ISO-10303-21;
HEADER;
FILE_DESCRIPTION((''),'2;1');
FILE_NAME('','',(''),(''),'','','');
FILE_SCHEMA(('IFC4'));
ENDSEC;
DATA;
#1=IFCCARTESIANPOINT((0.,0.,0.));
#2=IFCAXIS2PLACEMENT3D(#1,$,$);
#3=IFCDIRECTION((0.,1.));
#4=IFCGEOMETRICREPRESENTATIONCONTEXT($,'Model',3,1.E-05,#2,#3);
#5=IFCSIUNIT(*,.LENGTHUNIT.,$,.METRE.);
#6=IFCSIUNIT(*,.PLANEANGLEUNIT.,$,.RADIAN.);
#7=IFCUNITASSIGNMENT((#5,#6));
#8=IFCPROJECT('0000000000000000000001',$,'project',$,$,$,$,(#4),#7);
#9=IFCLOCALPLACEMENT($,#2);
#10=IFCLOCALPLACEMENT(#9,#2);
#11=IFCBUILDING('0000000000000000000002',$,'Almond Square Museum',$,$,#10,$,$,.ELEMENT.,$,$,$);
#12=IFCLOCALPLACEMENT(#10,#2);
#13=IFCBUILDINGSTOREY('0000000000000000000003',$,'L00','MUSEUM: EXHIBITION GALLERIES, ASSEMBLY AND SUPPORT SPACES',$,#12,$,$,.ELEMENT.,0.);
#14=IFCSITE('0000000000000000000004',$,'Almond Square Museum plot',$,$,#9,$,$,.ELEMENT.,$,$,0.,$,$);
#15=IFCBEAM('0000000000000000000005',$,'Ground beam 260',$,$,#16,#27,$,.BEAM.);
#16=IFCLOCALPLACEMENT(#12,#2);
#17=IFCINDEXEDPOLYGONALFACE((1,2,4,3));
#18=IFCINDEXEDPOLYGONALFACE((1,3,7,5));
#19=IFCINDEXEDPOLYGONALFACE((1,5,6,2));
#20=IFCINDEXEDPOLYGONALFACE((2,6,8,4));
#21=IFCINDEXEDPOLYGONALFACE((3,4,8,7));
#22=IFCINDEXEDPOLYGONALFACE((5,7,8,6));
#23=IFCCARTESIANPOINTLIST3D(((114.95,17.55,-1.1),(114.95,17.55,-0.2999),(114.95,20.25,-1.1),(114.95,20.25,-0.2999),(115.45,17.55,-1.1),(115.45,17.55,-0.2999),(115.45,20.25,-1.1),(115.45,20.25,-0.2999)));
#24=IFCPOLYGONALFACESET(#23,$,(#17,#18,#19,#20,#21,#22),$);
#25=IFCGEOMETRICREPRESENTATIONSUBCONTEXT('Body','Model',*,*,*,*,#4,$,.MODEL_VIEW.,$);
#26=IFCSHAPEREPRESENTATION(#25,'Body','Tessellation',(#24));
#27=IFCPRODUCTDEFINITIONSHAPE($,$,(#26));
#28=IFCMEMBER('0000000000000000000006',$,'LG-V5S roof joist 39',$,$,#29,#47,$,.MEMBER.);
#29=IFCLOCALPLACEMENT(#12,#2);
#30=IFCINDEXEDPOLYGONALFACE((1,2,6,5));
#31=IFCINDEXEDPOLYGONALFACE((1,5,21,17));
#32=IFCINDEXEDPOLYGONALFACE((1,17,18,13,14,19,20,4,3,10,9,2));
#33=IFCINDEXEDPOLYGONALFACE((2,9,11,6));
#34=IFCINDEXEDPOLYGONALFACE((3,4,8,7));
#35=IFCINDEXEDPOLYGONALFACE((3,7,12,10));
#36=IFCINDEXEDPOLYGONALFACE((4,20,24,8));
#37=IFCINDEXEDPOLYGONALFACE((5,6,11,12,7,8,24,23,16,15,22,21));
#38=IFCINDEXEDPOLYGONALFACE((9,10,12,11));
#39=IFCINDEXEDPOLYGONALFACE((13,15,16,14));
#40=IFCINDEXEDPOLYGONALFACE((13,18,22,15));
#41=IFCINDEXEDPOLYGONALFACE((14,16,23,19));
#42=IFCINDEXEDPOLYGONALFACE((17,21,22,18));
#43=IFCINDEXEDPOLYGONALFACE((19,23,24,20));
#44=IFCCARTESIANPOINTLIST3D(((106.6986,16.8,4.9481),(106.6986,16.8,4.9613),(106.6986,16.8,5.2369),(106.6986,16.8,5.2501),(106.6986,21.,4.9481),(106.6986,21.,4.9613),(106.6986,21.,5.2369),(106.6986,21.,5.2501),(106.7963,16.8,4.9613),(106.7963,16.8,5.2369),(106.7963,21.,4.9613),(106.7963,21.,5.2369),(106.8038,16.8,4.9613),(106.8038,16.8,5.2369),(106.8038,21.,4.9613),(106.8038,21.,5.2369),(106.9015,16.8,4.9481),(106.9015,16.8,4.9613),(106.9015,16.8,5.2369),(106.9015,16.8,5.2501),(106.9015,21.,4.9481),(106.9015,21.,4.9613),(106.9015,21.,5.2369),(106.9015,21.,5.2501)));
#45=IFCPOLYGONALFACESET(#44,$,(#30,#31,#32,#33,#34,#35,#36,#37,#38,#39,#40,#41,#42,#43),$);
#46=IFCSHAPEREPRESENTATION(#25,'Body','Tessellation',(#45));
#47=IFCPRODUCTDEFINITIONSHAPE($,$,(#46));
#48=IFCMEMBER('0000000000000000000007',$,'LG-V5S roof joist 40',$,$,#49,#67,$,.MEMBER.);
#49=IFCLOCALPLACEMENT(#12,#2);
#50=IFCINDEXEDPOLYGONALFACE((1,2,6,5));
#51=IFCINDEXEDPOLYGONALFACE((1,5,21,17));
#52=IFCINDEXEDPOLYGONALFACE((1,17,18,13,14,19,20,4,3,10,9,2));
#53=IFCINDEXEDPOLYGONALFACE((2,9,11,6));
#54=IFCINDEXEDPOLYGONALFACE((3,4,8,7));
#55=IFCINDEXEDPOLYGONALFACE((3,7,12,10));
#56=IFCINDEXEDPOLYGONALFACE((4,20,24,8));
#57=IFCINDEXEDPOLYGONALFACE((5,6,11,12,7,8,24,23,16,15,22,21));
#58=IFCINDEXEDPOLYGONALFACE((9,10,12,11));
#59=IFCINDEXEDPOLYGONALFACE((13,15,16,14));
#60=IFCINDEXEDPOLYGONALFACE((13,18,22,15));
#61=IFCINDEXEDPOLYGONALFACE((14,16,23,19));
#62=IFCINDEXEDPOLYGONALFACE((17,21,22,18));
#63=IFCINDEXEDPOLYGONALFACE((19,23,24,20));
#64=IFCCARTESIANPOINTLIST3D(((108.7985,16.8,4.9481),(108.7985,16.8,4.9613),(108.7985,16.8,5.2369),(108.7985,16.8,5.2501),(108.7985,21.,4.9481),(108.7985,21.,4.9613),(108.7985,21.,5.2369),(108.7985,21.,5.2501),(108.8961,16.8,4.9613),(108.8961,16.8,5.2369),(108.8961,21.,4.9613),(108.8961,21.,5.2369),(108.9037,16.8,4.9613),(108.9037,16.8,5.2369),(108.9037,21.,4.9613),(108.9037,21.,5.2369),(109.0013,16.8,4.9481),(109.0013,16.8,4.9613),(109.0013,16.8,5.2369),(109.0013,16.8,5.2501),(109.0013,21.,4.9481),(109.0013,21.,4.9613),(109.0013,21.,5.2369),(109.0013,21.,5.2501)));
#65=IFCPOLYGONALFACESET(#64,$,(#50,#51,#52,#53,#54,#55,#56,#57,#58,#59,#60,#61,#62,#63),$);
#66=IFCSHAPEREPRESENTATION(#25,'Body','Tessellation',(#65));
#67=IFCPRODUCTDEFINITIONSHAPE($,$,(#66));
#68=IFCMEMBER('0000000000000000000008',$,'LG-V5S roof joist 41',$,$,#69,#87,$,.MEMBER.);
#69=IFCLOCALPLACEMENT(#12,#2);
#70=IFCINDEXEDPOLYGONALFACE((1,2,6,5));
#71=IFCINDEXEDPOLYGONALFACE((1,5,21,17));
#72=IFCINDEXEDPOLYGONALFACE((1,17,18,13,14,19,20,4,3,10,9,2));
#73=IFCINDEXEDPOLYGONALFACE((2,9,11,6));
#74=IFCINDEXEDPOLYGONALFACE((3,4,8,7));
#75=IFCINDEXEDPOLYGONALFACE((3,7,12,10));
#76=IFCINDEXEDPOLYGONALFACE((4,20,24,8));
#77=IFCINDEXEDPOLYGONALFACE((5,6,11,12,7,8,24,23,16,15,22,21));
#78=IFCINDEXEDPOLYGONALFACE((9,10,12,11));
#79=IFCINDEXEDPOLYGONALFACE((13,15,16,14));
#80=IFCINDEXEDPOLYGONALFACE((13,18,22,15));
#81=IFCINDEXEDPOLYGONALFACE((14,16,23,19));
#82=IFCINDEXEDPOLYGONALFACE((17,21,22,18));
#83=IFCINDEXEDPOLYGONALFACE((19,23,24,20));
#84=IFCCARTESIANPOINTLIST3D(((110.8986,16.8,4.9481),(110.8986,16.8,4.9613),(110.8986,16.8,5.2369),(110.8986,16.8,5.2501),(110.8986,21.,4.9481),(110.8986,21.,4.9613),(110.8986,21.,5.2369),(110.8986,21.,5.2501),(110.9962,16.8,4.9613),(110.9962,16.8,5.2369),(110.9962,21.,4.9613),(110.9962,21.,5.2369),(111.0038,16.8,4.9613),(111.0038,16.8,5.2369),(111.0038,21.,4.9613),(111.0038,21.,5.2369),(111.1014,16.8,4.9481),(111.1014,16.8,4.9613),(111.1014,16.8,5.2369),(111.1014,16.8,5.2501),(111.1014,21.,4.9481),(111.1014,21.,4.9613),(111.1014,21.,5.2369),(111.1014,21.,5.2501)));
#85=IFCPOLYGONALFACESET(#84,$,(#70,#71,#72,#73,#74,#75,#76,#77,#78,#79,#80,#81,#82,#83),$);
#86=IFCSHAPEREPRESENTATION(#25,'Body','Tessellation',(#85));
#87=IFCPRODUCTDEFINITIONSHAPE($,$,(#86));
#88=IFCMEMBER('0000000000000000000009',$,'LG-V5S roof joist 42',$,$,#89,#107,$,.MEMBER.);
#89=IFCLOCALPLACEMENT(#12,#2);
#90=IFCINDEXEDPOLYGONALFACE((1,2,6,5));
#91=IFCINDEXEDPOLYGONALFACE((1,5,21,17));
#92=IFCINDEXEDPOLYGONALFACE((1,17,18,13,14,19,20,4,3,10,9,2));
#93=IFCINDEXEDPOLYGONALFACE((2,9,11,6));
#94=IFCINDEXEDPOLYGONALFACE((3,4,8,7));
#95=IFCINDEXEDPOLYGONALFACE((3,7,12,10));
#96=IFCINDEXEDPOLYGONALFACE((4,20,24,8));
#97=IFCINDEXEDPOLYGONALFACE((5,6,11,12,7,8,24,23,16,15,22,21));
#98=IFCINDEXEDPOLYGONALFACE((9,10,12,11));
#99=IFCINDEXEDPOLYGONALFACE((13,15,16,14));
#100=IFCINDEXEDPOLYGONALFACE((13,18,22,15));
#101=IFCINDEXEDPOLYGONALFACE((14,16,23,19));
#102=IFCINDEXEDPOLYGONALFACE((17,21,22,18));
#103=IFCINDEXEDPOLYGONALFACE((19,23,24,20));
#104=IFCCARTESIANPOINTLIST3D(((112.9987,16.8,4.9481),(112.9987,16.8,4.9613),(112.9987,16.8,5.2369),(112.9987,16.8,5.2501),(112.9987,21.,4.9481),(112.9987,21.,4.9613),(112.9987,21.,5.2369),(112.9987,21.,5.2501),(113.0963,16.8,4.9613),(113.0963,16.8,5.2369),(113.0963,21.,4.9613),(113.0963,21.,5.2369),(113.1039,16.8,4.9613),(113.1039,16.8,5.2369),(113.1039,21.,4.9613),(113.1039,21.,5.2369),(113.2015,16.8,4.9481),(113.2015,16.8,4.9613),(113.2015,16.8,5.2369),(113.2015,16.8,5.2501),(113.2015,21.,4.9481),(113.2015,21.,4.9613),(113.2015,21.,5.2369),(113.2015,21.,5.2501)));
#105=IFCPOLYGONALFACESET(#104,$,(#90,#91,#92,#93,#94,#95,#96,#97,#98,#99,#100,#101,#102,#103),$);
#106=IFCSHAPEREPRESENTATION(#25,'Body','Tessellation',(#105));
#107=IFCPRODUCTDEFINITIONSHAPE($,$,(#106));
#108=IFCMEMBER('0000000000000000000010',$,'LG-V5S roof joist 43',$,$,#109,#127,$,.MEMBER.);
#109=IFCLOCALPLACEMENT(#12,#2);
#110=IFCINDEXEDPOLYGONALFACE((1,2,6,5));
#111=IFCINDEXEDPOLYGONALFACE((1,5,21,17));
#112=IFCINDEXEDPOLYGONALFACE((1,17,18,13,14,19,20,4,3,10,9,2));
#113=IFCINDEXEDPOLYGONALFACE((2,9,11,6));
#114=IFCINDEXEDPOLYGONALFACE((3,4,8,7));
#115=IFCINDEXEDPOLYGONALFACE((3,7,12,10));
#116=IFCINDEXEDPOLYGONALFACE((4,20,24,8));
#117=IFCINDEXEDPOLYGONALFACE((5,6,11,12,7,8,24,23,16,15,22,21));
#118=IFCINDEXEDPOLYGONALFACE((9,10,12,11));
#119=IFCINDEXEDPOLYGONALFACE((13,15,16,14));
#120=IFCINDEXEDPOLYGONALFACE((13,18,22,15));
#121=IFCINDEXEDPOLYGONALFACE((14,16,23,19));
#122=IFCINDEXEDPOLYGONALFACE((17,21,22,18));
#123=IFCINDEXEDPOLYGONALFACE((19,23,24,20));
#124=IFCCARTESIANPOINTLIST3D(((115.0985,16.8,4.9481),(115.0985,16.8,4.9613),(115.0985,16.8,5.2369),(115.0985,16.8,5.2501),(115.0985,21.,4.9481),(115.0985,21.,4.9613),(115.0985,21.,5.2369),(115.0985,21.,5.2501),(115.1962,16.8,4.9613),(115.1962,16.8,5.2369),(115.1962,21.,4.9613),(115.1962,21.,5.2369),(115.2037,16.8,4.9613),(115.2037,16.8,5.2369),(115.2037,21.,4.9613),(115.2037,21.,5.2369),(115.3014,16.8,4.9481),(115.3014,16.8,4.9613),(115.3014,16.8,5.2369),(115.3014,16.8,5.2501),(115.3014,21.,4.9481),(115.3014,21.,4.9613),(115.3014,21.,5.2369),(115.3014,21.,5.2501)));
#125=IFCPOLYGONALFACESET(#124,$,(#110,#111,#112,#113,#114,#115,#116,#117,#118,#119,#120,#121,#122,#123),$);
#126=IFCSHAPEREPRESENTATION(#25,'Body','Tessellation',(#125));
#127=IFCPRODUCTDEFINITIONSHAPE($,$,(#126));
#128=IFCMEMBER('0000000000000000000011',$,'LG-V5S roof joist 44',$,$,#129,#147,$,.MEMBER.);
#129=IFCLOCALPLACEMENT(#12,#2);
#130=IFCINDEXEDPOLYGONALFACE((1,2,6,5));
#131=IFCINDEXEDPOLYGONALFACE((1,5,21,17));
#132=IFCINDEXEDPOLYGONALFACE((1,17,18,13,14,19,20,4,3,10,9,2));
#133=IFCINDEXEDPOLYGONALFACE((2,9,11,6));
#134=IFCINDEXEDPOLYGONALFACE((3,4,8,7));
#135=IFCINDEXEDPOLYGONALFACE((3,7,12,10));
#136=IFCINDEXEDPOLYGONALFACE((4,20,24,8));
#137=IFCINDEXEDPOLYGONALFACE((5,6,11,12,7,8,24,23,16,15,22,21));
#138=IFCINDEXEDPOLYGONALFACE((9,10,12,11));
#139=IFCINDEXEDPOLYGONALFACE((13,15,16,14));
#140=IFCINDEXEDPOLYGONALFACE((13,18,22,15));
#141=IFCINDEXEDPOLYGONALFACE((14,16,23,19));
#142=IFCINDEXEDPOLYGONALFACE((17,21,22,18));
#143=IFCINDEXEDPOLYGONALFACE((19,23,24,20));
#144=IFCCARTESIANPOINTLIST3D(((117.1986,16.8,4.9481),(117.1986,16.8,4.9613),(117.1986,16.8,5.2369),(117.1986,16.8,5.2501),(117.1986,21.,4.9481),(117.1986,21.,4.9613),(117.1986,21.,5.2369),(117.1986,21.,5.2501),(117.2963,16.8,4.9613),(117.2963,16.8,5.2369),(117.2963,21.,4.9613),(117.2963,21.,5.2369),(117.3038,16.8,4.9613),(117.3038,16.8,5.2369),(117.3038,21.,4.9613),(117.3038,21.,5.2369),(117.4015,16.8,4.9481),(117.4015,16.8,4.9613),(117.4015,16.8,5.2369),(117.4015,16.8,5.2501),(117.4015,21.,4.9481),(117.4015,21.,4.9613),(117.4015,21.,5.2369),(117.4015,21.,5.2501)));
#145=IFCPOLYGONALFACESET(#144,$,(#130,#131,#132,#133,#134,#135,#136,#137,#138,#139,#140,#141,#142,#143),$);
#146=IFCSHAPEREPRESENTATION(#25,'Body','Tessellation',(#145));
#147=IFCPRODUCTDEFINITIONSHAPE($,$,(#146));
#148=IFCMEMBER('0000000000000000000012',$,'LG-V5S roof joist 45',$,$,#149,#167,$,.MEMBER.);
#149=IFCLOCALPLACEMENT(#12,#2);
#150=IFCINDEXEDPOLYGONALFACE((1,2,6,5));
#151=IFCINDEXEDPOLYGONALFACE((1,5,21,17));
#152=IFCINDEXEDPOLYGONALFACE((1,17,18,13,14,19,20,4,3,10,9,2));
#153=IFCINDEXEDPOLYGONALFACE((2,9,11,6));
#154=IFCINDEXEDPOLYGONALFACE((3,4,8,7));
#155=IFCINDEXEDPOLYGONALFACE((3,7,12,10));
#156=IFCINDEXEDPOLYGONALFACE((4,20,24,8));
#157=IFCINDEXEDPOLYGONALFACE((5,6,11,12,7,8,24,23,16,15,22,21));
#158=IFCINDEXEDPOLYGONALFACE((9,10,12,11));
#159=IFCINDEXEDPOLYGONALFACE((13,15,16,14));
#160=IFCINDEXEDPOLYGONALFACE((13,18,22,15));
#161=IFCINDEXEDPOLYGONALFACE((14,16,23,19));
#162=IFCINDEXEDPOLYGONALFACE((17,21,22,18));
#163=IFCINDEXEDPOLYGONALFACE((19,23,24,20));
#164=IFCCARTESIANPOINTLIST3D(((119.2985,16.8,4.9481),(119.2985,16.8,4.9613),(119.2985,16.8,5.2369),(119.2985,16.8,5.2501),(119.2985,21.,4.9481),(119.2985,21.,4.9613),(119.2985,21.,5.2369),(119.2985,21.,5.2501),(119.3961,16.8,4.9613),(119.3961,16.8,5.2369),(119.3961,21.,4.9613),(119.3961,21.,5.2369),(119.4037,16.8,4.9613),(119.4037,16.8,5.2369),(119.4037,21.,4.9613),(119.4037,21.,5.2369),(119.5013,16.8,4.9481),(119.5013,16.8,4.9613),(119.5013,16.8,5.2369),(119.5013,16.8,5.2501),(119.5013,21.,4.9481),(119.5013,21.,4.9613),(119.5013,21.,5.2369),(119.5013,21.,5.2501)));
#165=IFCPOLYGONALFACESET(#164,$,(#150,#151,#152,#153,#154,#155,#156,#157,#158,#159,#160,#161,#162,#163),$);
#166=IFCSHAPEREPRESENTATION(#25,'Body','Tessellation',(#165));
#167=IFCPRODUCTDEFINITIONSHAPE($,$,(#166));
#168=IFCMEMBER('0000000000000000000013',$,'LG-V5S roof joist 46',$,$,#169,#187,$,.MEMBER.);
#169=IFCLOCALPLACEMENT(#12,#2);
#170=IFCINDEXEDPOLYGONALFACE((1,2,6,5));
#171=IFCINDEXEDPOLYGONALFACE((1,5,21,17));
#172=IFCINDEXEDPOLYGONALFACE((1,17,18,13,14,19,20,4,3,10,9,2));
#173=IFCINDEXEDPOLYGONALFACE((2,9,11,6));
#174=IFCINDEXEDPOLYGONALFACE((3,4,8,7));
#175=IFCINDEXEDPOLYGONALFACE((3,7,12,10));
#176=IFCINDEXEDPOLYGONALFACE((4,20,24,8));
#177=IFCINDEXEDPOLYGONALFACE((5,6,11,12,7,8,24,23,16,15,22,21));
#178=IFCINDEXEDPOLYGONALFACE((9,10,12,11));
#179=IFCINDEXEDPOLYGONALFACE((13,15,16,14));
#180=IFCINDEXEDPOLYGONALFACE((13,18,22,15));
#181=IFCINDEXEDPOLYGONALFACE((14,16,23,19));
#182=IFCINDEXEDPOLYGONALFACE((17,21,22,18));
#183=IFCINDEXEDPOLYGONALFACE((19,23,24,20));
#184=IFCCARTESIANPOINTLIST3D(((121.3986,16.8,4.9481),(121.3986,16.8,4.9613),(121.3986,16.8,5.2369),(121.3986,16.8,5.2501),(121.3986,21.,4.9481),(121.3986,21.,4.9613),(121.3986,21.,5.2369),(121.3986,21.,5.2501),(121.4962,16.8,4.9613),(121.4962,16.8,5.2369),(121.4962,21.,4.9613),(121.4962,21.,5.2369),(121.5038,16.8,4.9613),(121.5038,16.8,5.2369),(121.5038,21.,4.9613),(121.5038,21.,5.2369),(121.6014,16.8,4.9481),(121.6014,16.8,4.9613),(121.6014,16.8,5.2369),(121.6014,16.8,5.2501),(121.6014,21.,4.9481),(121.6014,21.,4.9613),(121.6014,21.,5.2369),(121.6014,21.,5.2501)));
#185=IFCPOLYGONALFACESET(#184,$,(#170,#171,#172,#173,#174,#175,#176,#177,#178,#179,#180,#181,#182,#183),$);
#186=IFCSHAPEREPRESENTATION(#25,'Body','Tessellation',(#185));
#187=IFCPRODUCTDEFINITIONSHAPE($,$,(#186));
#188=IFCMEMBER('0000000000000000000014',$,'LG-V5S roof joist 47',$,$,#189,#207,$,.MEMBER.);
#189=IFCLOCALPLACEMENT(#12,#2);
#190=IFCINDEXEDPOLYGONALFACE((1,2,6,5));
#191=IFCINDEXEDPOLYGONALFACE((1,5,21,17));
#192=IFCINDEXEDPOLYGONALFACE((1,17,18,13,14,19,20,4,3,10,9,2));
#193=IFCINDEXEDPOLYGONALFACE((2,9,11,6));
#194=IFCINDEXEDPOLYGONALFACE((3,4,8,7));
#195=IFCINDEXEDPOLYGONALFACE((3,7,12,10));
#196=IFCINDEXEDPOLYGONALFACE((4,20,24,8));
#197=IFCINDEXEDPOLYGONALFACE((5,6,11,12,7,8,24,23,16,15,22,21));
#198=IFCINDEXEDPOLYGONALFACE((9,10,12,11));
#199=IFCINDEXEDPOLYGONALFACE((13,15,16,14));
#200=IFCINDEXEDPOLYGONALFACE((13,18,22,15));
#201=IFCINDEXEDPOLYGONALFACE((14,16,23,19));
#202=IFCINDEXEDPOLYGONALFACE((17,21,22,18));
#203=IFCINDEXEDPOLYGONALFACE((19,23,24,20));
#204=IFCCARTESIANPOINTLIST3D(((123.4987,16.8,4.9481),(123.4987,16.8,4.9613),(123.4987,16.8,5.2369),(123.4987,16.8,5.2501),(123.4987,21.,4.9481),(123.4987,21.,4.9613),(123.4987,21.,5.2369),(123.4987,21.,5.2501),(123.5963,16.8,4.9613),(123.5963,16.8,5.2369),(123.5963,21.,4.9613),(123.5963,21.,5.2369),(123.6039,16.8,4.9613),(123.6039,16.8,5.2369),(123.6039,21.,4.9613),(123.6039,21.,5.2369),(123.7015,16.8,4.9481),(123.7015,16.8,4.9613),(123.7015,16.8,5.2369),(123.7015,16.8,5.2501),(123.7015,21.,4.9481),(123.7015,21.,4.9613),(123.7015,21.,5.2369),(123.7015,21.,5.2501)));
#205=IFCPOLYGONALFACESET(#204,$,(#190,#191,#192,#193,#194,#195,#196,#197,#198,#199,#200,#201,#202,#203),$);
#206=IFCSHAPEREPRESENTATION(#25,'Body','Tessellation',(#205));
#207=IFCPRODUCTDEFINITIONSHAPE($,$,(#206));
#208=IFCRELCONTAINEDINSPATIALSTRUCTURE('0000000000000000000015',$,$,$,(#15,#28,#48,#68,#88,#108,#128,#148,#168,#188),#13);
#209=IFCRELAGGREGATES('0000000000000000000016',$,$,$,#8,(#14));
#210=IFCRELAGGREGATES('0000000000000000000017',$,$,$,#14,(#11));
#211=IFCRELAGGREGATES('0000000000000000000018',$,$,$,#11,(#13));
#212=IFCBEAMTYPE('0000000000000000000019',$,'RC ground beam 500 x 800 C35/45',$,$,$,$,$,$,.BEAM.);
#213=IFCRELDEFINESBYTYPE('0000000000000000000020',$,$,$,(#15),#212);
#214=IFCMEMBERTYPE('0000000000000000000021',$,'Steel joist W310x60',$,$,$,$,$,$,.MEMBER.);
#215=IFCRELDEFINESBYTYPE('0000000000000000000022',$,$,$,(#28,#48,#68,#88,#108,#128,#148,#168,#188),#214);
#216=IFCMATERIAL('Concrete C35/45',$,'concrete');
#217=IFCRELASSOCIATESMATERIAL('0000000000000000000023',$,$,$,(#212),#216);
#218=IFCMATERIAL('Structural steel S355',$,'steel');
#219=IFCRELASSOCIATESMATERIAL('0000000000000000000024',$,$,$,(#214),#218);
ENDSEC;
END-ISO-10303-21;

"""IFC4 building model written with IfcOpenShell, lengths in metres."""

from ifc_helpers import new_model, si_unit, direction, frame, origin, origin_2d, place, context, subcontext, project, spatial, rectangle, i_section, extrude, material, material_profile, profile_set, type_object, element, save


model = new_model("IFC4")

# Units and contexts
model_context = context("Model", 3, precision=1e-05, world=origin(), true_north=direction((0.0, 1.0)))
body_context = subcontext(model_context, "Body", "Model", "MODEL_VIEW")
ifc_project = project(units=[si_unit("LENGTHUNIT", "METRE"), si_unit("PLANEANGLEUNIT", "RADIAN")], contexts=[model_context])

# Site, building, storey
site_placement = place(None, origin())
site = spatial("IfcSite", under=ifc_project, at=site_placement, Name="Almond Square Museum plot", CompositionType="ELEMENT", RefElevation=0.0)
building_placement = place(site_placement, origin())
building = spatial("IfcBuilding", under=site, at=building_placement, Name="Almond Square Museum", CompositionType="ELEMENT")
storey_placement = place(building_placement, origin())
storey = spatial("IfcBuildingStorey", under=building, at=storey_placement, Name="L00", Description="MUSEUM: EXHIBITION GALLERIES, ASSEMBLY AND SUPPORT SPACES", CompositionType="ELEMENT", Elevation=0.0)

# Beam
ifc_material_1 = material(Name="Concrete C35/45", Category="concrete")
ifc_material_profile_1 = material_profile(ifc_material_1, rectangle(XDim=0.5, YDim=0.8, at=origin_2d()))
ifc_profile_set_1 = profile_set([ifc_material_profile_1], Name="Concrete C35/45")
beam_type = type_object("IfcBeamType", Name="RC ground beam 500 x 800 C35/45", PredefinedType="BEAM", material=ifc_profile_set_1)
beam_1_placement = place(storey_placement, frame((115.2, 17.55, -0.7), z_axis=(0.0, 1.0, 0.0), x_axis=(-1.0, 0.0, 0.0)))
element("IfcBeam", 1, at=beam_1_placement, inside=storey, type_object=beam_type, Name="Ground beam 260", PredefinedType="BEAM", context=body_context, shape_type="SweptSolid", body=[
    extrude(rectangle(XDim=0.5, YDim=0.8, at=origin_2d()), origin(), (0.0, 0.0, 1.0), 2.7),
])

# Members
ifc_material_2 = material(Name="Structural steel S355", Category="steel")
ifc_material_profile_2 = material_profile(ifc_material_2, i_section(OverallWidth=0.2029, OverallDepth=0.302, WebThickness=0.0076, FlangeThickness=0.0132, at=origin_2d()))
ifc_profile_set_2 = profile_set([ifc_material_profile_2], Name="Structural steel S355")
member_type = type_object("IfcMemberType", Name="Steel joist W310x60", PredefinedType="MEMBER", material=ifc_profile_set_2)
for number, where, z_axis, x_axis, name in (
    (2, (106.8, 16.8, 5.0991), (0.0, 1.0, 0.0), (-1.0, 0.0, 0.0), "LG-V5S roof joist 39"),
    (3, (108.8999, 16.8, 5.0991), (0.0, 1.0, 0.0), (-1.0, 0.0, 0.0), "LG-V5S roof joist 40"),
    (4, (111.0, 16.8, 5.0991), (0.0, 1.0, 0.0), (-1.0, 0.0, 0.0), "LG-V5S roof joist 41"),
    (5, (113.1001, 16.8, 5.0991), (0.0, 1.0, 0.0), (-1.0, 0.0, 0.0), "LG-V5S roof joist 42"),
    (6, (115.2, 16.8, 5.0991), (0.0, 1.0, 0.0), (-1.0, 0.0, 0.0), "LG-V5S roof joist 43"),
    (7, (117.3, 16.8, 5.0991), (0.0, 1.0, 0.0), (-1.0, 0.0, 0.0), "LG-V5S roof joist 44"),
    (8, (119.3999, 16.8, 5.0991), (0.0, 1.0, 0.0), (-1.0, 0.0, 0.0), "LG-V5S roof joist 45"),
    (9, (121.5, 16.8, 5.0991), (0.0, 1.0, 0.0), (-1.0, 0.0, 0.0), "LG-V5S roof joist 46"),
    (10, (123.6001, 16.8, 5.0991), (0.0, 1.0, 0.0), (-1.0, 0.0, 0.0), "LG-V5S roof joist 47"),
):
    element("IfcMember", number, at=place(storey_placement, frame(where, z_axis=z_axis, x_axis=x_axis)), inside=storey, type_object=member_type, Name=name, PredefinedType="MEMBER", context=body_context, shape_type="SweptSolid", body=[
        extrude(i_section(OverallWidth=0.2029, OverallDepth=0.302, WebThickness=0.0076, FlangeThickness=0.0132, at=origin_2d()), origin(), (0.0, 0.0, 1.0), 4.2),
    ])

save(model, "model.ifc")
